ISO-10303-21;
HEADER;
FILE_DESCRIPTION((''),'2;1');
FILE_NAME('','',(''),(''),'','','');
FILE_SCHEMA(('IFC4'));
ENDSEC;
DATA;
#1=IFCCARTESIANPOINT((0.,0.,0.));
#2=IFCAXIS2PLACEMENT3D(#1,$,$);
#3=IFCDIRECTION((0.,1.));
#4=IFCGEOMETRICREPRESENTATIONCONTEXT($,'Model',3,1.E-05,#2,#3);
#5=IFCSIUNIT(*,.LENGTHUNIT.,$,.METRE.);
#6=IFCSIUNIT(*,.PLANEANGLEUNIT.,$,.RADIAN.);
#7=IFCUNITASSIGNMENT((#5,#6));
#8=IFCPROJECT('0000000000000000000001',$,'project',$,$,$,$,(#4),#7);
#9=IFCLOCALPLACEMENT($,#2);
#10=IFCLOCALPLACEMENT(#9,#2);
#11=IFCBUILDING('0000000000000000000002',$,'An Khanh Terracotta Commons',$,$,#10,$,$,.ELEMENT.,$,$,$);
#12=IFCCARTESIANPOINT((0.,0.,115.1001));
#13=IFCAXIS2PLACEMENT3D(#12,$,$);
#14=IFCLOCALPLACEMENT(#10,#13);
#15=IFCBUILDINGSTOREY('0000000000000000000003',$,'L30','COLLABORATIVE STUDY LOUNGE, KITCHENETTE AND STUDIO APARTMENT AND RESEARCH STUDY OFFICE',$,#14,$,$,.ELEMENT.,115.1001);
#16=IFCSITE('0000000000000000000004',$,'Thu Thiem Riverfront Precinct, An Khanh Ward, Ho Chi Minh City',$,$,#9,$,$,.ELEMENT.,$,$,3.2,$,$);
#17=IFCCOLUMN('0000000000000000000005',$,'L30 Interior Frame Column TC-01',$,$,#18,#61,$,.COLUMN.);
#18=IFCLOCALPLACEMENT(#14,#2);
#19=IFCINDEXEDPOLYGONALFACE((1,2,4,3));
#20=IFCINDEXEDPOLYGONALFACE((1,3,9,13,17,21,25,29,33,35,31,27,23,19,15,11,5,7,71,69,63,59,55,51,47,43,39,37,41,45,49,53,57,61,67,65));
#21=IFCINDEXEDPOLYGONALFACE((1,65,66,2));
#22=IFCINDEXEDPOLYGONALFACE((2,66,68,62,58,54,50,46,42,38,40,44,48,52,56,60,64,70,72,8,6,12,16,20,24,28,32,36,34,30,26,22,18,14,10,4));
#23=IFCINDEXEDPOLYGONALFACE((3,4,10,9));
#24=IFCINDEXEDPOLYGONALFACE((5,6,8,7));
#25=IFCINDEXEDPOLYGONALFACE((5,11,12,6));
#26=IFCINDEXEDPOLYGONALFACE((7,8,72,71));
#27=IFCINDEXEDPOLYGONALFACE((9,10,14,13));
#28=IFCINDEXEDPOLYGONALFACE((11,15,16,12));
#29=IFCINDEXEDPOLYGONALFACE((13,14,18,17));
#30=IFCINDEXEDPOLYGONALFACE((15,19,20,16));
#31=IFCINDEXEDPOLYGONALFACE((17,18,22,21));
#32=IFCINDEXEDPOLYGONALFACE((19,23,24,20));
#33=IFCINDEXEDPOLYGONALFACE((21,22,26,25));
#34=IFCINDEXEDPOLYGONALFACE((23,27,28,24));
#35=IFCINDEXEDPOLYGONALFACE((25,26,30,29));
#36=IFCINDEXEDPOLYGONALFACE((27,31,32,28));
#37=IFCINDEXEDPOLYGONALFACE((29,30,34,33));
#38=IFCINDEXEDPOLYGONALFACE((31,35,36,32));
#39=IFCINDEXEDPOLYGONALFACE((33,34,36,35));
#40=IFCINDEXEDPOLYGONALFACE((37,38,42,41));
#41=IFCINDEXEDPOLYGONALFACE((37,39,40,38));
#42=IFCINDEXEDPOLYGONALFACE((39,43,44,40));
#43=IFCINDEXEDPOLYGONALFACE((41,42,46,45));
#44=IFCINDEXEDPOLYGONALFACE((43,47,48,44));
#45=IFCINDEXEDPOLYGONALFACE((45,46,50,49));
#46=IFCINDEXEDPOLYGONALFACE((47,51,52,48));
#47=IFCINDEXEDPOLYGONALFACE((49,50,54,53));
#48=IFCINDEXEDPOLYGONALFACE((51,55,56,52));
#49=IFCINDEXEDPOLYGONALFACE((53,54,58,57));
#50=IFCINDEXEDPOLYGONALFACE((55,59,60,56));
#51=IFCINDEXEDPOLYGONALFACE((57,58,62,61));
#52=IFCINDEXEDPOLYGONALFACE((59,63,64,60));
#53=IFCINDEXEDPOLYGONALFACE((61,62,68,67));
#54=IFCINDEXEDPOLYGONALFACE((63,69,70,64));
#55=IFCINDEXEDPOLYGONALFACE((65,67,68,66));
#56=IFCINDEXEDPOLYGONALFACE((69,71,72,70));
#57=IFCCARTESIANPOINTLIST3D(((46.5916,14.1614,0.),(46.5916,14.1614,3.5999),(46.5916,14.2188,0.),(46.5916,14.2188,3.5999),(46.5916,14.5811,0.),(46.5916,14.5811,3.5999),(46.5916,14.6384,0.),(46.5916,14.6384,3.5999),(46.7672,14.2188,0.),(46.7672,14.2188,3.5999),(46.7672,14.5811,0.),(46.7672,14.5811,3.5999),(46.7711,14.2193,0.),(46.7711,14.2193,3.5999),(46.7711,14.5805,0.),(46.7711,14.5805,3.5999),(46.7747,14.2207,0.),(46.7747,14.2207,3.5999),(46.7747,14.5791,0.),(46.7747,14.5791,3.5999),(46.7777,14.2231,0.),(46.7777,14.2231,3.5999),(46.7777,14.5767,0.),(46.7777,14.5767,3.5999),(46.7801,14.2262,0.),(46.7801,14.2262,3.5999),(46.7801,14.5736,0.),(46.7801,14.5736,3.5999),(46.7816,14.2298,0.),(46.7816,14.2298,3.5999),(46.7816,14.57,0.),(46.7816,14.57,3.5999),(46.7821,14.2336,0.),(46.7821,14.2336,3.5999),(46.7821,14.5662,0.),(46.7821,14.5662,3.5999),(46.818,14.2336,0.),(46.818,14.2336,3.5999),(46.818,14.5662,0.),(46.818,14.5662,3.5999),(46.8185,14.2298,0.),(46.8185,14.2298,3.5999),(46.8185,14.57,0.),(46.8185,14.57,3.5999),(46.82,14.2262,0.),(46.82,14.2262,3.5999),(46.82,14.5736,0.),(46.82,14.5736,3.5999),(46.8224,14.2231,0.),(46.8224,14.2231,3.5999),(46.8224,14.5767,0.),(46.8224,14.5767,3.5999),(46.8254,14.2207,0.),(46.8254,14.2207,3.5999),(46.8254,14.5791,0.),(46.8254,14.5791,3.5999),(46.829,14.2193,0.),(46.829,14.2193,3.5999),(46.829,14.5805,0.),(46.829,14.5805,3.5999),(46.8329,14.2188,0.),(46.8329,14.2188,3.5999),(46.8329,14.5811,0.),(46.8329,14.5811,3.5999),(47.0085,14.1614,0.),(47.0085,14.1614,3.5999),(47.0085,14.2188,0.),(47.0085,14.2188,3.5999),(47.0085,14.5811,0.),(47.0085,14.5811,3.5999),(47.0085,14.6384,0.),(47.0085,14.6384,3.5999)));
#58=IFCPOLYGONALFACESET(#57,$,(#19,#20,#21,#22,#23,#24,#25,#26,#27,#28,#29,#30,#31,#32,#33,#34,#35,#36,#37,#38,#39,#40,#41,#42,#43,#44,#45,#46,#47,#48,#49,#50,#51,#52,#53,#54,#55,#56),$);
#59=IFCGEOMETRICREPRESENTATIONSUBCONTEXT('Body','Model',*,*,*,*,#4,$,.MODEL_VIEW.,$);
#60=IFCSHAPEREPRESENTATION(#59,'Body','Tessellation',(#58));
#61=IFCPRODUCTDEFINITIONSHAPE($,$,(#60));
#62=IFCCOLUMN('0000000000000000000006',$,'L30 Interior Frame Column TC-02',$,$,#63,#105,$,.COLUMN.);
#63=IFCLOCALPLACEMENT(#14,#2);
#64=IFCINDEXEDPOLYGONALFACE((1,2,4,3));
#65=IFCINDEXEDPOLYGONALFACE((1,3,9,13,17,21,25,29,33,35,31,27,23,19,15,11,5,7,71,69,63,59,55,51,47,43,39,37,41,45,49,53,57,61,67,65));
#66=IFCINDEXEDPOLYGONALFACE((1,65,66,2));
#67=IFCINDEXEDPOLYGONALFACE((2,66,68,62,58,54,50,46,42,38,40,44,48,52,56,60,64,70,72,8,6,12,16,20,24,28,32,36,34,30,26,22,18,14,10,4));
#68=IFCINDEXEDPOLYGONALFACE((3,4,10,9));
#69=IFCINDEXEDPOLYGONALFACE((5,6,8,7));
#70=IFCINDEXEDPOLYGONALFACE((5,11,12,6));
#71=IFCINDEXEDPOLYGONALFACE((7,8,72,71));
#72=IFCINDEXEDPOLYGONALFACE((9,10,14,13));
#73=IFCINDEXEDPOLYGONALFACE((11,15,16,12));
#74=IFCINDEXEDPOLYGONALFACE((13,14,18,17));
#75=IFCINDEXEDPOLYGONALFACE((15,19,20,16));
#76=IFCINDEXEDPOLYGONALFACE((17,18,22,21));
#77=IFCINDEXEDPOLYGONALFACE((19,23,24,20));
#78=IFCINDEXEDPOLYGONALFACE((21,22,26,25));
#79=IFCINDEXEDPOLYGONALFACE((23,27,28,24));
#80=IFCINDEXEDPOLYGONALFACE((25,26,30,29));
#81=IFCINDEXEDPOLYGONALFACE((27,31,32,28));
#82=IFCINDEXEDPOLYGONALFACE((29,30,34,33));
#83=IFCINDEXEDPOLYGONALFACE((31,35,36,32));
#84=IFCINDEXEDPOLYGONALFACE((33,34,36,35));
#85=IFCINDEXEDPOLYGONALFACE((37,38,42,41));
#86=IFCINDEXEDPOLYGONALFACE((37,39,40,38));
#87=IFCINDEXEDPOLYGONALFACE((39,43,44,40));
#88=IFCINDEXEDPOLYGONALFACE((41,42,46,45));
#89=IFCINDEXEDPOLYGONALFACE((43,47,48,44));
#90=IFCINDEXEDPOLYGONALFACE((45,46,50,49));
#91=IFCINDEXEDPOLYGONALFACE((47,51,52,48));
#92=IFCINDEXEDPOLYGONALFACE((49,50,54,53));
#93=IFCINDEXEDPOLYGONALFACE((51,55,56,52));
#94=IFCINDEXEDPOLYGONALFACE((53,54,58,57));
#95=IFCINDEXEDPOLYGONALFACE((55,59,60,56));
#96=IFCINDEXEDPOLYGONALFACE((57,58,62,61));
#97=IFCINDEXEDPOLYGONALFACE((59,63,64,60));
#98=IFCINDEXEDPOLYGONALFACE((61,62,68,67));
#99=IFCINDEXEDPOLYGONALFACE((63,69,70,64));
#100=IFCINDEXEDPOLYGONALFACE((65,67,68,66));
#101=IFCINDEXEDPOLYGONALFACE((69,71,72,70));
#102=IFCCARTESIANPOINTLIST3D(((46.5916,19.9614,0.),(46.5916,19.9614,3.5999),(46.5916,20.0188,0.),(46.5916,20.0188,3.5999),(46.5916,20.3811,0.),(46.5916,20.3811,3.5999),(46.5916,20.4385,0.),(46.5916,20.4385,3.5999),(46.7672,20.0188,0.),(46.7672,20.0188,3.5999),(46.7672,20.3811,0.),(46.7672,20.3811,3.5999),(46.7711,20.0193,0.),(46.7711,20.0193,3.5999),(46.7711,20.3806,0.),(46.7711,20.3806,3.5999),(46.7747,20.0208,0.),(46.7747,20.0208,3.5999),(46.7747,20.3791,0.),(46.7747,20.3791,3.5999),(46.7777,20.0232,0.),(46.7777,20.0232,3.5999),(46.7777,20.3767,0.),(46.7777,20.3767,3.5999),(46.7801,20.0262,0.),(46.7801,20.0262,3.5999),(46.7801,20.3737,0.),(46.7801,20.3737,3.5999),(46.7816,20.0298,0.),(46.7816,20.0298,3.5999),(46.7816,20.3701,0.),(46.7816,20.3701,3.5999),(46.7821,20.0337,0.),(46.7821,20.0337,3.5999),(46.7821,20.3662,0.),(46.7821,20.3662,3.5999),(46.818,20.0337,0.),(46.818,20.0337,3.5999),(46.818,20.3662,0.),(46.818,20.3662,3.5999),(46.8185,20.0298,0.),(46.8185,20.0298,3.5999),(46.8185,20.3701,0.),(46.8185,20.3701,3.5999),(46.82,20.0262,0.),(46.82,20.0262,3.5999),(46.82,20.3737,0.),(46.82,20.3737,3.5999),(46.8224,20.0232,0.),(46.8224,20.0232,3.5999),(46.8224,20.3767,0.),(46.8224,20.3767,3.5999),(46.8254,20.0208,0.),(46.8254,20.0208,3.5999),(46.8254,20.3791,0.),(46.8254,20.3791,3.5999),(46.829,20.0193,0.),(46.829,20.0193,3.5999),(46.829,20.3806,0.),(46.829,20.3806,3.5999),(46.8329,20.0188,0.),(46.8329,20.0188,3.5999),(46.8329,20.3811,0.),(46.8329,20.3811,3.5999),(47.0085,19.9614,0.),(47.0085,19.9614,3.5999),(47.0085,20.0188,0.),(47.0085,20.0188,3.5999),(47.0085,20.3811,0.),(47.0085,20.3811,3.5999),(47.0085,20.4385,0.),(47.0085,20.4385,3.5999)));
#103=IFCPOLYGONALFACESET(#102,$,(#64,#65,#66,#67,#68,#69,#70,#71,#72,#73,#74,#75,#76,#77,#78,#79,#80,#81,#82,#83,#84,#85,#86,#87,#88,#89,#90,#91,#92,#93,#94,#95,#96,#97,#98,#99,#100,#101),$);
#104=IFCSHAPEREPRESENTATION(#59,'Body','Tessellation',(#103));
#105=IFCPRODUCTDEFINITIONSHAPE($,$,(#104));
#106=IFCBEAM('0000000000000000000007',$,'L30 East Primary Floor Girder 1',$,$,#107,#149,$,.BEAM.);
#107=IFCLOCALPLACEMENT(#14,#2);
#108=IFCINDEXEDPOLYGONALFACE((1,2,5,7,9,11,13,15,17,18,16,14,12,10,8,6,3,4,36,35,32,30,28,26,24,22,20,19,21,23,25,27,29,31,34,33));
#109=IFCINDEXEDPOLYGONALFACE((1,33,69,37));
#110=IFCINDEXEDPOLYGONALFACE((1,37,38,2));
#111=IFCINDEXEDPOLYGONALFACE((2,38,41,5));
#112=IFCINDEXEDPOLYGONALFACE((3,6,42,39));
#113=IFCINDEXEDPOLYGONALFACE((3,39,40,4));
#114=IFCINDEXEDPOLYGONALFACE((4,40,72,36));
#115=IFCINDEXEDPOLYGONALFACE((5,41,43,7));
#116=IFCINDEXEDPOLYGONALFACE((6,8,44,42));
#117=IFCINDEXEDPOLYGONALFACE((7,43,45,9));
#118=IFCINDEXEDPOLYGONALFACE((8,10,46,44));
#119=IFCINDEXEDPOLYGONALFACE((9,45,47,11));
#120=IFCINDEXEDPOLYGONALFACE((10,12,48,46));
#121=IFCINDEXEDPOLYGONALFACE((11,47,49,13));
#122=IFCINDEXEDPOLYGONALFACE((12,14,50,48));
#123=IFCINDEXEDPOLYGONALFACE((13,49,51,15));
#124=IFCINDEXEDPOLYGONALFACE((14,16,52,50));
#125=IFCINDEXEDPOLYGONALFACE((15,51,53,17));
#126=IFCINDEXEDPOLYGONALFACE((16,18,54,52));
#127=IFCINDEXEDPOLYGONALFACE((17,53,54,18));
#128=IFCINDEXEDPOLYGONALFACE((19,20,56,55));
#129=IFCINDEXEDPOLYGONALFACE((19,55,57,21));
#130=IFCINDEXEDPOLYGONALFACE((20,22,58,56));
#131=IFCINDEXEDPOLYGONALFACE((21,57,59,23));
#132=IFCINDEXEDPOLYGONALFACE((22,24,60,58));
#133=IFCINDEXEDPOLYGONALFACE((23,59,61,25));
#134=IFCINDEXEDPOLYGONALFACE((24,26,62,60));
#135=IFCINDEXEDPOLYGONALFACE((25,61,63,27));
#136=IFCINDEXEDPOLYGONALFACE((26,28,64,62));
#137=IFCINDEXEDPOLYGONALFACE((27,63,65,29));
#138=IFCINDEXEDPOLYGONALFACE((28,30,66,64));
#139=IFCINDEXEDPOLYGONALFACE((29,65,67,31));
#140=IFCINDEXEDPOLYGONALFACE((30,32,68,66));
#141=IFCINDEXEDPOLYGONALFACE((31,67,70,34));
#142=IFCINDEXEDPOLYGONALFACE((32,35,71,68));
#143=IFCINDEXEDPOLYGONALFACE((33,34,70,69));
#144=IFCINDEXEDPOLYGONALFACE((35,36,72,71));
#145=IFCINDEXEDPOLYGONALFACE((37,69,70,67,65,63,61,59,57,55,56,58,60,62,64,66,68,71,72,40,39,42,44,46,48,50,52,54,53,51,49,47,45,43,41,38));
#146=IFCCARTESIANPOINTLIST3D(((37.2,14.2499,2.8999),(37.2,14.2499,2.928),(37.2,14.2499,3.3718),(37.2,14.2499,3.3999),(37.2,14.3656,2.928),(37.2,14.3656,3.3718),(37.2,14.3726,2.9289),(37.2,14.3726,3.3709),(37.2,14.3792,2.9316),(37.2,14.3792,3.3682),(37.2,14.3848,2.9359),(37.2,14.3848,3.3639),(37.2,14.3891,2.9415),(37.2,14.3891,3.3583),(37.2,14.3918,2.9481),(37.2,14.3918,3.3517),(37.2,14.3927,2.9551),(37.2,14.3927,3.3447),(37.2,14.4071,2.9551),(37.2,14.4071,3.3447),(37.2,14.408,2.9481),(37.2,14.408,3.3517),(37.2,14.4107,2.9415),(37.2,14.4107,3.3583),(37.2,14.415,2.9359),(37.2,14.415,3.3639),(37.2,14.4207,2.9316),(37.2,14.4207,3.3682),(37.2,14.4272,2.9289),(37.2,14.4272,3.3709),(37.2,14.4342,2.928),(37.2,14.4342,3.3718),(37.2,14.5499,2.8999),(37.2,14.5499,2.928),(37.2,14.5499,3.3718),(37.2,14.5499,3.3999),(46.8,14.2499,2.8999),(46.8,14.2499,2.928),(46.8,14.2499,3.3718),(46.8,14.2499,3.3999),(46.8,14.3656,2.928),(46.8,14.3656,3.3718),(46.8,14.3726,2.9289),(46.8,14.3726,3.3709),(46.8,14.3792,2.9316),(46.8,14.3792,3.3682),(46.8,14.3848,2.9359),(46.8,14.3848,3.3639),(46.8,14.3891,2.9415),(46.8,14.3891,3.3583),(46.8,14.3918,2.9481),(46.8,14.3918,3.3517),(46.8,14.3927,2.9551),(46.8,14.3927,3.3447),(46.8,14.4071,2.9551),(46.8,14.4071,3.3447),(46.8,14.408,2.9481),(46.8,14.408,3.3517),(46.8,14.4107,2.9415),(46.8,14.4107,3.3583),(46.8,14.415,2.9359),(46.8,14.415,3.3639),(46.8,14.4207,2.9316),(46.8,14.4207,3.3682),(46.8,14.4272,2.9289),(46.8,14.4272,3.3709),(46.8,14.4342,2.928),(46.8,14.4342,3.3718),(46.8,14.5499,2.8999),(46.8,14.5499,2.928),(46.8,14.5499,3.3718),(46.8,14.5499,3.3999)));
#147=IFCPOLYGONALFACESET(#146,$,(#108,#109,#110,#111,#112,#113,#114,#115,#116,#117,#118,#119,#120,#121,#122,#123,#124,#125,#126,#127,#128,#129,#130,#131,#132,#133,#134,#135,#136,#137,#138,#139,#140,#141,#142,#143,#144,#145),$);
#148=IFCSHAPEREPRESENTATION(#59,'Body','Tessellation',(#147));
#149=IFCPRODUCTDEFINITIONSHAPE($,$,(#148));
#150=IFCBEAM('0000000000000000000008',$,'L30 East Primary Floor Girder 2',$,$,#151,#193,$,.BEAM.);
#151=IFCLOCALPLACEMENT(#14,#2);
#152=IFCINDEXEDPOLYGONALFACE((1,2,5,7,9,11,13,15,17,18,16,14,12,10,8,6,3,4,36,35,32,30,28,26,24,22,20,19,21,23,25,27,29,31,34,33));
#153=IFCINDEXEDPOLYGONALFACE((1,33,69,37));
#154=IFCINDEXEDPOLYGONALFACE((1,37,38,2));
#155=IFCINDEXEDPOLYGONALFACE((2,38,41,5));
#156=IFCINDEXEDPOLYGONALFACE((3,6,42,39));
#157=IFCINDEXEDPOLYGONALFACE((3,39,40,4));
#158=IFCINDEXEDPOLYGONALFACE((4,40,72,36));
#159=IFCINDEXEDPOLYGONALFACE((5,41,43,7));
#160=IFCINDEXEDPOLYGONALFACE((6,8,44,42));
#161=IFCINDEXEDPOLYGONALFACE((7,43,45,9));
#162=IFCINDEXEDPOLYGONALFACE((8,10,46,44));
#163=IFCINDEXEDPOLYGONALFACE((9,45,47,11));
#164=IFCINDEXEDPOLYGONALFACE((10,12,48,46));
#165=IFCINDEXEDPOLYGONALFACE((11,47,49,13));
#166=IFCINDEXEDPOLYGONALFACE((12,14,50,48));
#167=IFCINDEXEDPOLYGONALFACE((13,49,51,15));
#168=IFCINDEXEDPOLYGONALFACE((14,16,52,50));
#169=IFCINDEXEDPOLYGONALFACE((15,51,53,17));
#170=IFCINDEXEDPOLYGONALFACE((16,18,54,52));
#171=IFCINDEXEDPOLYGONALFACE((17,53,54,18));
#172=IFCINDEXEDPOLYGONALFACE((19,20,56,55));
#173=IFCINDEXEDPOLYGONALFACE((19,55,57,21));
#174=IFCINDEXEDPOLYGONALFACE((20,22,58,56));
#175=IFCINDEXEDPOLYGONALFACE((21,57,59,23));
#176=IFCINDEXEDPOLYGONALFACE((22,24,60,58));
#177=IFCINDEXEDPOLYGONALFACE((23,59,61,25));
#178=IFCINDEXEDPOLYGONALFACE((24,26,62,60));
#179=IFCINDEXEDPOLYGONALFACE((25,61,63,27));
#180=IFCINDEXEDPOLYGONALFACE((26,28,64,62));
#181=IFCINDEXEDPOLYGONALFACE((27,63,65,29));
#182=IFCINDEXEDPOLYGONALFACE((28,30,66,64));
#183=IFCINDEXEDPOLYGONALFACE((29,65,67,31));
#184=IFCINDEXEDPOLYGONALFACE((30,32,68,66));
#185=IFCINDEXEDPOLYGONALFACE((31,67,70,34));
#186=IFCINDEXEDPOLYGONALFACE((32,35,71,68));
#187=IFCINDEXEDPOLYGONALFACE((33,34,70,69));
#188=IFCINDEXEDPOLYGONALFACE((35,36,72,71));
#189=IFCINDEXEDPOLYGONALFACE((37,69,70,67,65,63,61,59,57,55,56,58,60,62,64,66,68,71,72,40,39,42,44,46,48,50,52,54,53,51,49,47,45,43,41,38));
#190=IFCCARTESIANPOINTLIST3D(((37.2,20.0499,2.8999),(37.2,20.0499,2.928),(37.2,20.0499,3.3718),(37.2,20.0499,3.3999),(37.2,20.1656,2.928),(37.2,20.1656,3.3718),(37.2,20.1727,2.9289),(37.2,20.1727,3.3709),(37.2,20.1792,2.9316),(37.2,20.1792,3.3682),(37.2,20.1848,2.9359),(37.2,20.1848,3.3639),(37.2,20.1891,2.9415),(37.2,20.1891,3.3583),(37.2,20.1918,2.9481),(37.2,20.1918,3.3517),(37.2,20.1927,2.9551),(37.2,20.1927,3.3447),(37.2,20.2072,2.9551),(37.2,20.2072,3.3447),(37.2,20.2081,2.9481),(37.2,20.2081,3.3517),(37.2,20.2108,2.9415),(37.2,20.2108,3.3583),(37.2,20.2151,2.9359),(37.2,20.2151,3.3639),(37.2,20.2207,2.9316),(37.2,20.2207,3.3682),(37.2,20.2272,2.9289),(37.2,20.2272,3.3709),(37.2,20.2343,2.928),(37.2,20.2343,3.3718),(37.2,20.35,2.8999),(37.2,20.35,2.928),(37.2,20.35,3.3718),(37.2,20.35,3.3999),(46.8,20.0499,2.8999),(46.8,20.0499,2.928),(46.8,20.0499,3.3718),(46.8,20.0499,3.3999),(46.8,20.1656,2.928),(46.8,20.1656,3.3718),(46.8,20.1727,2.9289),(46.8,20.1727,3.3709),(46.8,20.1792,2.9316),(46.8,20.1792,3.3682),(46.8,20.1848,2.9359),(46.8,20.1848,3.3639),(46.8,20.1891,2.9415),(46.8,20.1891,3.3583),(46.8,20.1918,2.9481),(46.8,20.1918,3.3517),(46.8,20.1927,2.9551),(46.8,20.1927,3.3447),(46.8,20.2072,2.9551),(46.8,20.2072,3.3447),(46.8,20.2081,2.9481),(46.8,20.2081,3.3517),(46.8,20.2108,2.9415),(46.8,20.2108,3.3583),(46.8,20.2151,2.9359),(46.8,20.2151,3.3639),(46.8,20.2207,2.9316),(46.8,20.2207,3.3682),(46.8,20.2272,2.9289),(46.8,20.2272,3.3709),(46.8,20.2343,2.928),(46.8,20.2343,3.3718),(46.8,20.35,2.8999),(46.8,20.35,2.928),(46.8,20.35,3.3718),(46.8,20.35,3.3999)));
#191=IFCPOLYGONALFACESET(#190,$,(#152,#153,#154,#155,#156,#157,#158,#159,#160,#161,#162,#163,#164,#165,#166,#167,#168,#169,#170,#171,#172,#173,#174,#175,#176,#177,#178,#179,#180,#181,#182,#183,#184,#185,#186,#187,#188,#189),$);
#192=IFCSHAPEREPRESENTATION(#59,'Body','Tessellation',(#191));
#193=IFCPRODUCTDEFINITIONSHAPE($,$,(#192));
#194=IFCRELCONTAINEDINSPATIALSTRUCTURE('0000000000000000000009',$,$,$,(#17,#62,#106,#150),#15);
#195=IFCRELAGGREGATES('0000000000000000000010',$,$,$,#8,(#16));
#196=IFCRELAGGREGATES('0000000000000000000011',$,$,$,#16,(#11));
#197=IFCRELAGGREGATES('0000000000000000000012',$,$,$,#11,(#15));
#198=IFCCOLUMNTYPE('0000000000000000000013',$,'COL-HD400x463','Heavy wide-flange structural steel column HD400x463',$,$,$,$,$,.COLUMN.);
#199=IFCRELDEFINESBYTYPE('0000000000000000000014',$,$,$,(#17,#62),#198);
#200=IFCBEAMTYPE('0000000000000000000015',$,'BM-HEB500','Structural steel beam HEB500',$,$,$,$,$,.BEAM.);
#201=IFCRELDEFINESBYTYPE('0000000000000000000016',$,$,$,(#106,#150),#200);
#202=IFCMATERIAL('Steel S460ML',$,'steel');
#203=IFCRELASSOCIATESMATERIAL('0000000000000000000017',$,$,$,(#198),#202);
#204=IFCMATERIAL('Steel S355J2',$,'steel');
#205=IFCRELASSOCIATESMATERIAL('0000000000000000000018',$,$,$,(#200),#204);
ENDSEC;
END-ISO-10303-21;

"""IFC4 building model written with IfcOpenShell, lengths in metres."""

from ifc_helpers import new_model, si_unit, direction, frame, origin, origin_2d, place, context, subcontext, project, spatial, i_section, extrude, material, material_profile, profile_set, type_object, element, save


model = new_model("IFC4")

# Units and contexts
model_context = context("Model", 3, precision=1e-05, world=origin(), true_north=direction((0.0, 1.0)))
body_context = subcontext(model_context, "Body", "Model", "MODEL_VIEW")
ifc_project = project(units=[si_unit("LENGTHUNIT", "METRE"), si_unit("PLANEANGLEUNIT", "RADIAN")], contexts=[model_context])

# Site, building, storey
site_placement = place(None, origin())
site = spatial("IfcSite", under=ifc_project, at=site_placement, Name="Thu Thiem Riverfront Precinct, An Khanh Ward, Ho Chi Minh City", CompositionType="ELEMENT", RefElevation=3.2)
building_placement = place(site_placement, origin())
building = spatial("IfcBuilding", under=site, at=building_placement, Name="An Khanh Terracotta Commons", CompositionType="ELEMENT")
storey_placement = place(building_placement, frame((0.0, 0.0, 115.1001)))
storey = spatial("IfcBuildingStorey", under=building, at=storey_placement, Name="L30", Description="COLLABORATIVE STUDY LOUNGE, KITCHENETTE AND STUDIO APARTMENT AND RESEARCH STUDY OFFICE", CompositionType="ELEMENT", Elevation=115.1001)

# Columns
ifc_material_1 = material(Name="Steel S460ML", Category="steel")
ifc_material_profile_1 = material_profile(ifc_material_1, i_section(OverallWidth=0.417, OverallDepth=0.4771, WebThickness=0.0359, FlangeThickness=0.0574, FilletRadius=0.0149, at=origin_2d()), Name="HD400x463")
ifc_profile_set_1 = profile_set([ifc_material_profile_1], Name="Steel S460ML")
column_type = type_object("IfcColumnType", Name="COL-HD400x463", Description="Heavy wide-flange structural steel column HD400x463", PredefinedType="COLUMN", material=ifc_profile_set_1)
for number, where, z_axis, x_axis, name in (
    (1, (46.8, 14.3999, 0.0), (0.0, 0.0, 1.0), (1.0, 0.0, 0.0), "L30 Interior Frame Column TC-01"),
    (2, (46.8, 20.2, 0.0), (0.0, 0.0, 1.0), (1.0, 0.0, 0.0), "L30 Interior Frame Column TC-02"),
):
    element("IfcColumn", number, at=place(storey_placement, frame(where, z_axis=z_axis, x_axis=x_axis)), inside=storey, type_object=column_type, Name=name, PredefinedType="COLUMN", context=body_context, shape_type="SweptSolid", body=[
        extrude(i_section(OverallWidth=0.417, OverallDepth=0.4771, WebThickness=0.0359, FlangeThickness=0.0574, FilletRadius=0.0149, at=origin_2d()), origin(), (0.0, 0.0, 1.0), 3.5999),
    ])

# Beams
ifc_material_2 = material(Name="Steel S355J2", Category="steel")
ifc_material_profile_2 = material_profile(ifc_material_2, i_section(OverallWidth=0.3, OverallDepth=0.5, WebThickness=0.0144, FlangeThickness=0.0281, FilletRadius=0.0271, at=origin_2d()), Name="HEB500")
ifc_profile_set_2 = profile_set([ifc_material_profile_2], Name="Steel S355J2")
beam_type_1 = type_object("IfcBeamType", Name="BM-HEB500", Description="Structural steel beam HEB500", PredefinedType="BEAM", material=ifc_profile_set_2)
for number, where, z_axis, x_axis, name in (
    (3, (37.2, 14.3999, 3.1499), (1.0, 0.0, 0.0), (0.0, 1.0, 0.0), "L30 East Primary Floor Girder 1"),
    (4, (37.2, 20.2, 3.1499), (1.0, 0.0, 0.0), (0.0, 1.0, 0.0), "L30 East Primary Floor Girder 2"),
):
    element("IfcBeam", number, at=place(storey_placement, frame(where, z_axis=z_axis, x_axis=x_axis)), inside=storey, type_object=beam_type_1, Name=name, PredefinedType="BEAM", context=body_context, shape_type="SweptSolid", body=[
        extrude(i_section(OverallWidth=0.3, OverallDepth=0.5, WebThickness=0.0144, FlangeThickness=0.0281, FilletRadius=0.0271, at=origin_2d()), origin(), (0.0, 0.0, 1.0), 9.6001),
    ])

save(model, "model.ifc")
